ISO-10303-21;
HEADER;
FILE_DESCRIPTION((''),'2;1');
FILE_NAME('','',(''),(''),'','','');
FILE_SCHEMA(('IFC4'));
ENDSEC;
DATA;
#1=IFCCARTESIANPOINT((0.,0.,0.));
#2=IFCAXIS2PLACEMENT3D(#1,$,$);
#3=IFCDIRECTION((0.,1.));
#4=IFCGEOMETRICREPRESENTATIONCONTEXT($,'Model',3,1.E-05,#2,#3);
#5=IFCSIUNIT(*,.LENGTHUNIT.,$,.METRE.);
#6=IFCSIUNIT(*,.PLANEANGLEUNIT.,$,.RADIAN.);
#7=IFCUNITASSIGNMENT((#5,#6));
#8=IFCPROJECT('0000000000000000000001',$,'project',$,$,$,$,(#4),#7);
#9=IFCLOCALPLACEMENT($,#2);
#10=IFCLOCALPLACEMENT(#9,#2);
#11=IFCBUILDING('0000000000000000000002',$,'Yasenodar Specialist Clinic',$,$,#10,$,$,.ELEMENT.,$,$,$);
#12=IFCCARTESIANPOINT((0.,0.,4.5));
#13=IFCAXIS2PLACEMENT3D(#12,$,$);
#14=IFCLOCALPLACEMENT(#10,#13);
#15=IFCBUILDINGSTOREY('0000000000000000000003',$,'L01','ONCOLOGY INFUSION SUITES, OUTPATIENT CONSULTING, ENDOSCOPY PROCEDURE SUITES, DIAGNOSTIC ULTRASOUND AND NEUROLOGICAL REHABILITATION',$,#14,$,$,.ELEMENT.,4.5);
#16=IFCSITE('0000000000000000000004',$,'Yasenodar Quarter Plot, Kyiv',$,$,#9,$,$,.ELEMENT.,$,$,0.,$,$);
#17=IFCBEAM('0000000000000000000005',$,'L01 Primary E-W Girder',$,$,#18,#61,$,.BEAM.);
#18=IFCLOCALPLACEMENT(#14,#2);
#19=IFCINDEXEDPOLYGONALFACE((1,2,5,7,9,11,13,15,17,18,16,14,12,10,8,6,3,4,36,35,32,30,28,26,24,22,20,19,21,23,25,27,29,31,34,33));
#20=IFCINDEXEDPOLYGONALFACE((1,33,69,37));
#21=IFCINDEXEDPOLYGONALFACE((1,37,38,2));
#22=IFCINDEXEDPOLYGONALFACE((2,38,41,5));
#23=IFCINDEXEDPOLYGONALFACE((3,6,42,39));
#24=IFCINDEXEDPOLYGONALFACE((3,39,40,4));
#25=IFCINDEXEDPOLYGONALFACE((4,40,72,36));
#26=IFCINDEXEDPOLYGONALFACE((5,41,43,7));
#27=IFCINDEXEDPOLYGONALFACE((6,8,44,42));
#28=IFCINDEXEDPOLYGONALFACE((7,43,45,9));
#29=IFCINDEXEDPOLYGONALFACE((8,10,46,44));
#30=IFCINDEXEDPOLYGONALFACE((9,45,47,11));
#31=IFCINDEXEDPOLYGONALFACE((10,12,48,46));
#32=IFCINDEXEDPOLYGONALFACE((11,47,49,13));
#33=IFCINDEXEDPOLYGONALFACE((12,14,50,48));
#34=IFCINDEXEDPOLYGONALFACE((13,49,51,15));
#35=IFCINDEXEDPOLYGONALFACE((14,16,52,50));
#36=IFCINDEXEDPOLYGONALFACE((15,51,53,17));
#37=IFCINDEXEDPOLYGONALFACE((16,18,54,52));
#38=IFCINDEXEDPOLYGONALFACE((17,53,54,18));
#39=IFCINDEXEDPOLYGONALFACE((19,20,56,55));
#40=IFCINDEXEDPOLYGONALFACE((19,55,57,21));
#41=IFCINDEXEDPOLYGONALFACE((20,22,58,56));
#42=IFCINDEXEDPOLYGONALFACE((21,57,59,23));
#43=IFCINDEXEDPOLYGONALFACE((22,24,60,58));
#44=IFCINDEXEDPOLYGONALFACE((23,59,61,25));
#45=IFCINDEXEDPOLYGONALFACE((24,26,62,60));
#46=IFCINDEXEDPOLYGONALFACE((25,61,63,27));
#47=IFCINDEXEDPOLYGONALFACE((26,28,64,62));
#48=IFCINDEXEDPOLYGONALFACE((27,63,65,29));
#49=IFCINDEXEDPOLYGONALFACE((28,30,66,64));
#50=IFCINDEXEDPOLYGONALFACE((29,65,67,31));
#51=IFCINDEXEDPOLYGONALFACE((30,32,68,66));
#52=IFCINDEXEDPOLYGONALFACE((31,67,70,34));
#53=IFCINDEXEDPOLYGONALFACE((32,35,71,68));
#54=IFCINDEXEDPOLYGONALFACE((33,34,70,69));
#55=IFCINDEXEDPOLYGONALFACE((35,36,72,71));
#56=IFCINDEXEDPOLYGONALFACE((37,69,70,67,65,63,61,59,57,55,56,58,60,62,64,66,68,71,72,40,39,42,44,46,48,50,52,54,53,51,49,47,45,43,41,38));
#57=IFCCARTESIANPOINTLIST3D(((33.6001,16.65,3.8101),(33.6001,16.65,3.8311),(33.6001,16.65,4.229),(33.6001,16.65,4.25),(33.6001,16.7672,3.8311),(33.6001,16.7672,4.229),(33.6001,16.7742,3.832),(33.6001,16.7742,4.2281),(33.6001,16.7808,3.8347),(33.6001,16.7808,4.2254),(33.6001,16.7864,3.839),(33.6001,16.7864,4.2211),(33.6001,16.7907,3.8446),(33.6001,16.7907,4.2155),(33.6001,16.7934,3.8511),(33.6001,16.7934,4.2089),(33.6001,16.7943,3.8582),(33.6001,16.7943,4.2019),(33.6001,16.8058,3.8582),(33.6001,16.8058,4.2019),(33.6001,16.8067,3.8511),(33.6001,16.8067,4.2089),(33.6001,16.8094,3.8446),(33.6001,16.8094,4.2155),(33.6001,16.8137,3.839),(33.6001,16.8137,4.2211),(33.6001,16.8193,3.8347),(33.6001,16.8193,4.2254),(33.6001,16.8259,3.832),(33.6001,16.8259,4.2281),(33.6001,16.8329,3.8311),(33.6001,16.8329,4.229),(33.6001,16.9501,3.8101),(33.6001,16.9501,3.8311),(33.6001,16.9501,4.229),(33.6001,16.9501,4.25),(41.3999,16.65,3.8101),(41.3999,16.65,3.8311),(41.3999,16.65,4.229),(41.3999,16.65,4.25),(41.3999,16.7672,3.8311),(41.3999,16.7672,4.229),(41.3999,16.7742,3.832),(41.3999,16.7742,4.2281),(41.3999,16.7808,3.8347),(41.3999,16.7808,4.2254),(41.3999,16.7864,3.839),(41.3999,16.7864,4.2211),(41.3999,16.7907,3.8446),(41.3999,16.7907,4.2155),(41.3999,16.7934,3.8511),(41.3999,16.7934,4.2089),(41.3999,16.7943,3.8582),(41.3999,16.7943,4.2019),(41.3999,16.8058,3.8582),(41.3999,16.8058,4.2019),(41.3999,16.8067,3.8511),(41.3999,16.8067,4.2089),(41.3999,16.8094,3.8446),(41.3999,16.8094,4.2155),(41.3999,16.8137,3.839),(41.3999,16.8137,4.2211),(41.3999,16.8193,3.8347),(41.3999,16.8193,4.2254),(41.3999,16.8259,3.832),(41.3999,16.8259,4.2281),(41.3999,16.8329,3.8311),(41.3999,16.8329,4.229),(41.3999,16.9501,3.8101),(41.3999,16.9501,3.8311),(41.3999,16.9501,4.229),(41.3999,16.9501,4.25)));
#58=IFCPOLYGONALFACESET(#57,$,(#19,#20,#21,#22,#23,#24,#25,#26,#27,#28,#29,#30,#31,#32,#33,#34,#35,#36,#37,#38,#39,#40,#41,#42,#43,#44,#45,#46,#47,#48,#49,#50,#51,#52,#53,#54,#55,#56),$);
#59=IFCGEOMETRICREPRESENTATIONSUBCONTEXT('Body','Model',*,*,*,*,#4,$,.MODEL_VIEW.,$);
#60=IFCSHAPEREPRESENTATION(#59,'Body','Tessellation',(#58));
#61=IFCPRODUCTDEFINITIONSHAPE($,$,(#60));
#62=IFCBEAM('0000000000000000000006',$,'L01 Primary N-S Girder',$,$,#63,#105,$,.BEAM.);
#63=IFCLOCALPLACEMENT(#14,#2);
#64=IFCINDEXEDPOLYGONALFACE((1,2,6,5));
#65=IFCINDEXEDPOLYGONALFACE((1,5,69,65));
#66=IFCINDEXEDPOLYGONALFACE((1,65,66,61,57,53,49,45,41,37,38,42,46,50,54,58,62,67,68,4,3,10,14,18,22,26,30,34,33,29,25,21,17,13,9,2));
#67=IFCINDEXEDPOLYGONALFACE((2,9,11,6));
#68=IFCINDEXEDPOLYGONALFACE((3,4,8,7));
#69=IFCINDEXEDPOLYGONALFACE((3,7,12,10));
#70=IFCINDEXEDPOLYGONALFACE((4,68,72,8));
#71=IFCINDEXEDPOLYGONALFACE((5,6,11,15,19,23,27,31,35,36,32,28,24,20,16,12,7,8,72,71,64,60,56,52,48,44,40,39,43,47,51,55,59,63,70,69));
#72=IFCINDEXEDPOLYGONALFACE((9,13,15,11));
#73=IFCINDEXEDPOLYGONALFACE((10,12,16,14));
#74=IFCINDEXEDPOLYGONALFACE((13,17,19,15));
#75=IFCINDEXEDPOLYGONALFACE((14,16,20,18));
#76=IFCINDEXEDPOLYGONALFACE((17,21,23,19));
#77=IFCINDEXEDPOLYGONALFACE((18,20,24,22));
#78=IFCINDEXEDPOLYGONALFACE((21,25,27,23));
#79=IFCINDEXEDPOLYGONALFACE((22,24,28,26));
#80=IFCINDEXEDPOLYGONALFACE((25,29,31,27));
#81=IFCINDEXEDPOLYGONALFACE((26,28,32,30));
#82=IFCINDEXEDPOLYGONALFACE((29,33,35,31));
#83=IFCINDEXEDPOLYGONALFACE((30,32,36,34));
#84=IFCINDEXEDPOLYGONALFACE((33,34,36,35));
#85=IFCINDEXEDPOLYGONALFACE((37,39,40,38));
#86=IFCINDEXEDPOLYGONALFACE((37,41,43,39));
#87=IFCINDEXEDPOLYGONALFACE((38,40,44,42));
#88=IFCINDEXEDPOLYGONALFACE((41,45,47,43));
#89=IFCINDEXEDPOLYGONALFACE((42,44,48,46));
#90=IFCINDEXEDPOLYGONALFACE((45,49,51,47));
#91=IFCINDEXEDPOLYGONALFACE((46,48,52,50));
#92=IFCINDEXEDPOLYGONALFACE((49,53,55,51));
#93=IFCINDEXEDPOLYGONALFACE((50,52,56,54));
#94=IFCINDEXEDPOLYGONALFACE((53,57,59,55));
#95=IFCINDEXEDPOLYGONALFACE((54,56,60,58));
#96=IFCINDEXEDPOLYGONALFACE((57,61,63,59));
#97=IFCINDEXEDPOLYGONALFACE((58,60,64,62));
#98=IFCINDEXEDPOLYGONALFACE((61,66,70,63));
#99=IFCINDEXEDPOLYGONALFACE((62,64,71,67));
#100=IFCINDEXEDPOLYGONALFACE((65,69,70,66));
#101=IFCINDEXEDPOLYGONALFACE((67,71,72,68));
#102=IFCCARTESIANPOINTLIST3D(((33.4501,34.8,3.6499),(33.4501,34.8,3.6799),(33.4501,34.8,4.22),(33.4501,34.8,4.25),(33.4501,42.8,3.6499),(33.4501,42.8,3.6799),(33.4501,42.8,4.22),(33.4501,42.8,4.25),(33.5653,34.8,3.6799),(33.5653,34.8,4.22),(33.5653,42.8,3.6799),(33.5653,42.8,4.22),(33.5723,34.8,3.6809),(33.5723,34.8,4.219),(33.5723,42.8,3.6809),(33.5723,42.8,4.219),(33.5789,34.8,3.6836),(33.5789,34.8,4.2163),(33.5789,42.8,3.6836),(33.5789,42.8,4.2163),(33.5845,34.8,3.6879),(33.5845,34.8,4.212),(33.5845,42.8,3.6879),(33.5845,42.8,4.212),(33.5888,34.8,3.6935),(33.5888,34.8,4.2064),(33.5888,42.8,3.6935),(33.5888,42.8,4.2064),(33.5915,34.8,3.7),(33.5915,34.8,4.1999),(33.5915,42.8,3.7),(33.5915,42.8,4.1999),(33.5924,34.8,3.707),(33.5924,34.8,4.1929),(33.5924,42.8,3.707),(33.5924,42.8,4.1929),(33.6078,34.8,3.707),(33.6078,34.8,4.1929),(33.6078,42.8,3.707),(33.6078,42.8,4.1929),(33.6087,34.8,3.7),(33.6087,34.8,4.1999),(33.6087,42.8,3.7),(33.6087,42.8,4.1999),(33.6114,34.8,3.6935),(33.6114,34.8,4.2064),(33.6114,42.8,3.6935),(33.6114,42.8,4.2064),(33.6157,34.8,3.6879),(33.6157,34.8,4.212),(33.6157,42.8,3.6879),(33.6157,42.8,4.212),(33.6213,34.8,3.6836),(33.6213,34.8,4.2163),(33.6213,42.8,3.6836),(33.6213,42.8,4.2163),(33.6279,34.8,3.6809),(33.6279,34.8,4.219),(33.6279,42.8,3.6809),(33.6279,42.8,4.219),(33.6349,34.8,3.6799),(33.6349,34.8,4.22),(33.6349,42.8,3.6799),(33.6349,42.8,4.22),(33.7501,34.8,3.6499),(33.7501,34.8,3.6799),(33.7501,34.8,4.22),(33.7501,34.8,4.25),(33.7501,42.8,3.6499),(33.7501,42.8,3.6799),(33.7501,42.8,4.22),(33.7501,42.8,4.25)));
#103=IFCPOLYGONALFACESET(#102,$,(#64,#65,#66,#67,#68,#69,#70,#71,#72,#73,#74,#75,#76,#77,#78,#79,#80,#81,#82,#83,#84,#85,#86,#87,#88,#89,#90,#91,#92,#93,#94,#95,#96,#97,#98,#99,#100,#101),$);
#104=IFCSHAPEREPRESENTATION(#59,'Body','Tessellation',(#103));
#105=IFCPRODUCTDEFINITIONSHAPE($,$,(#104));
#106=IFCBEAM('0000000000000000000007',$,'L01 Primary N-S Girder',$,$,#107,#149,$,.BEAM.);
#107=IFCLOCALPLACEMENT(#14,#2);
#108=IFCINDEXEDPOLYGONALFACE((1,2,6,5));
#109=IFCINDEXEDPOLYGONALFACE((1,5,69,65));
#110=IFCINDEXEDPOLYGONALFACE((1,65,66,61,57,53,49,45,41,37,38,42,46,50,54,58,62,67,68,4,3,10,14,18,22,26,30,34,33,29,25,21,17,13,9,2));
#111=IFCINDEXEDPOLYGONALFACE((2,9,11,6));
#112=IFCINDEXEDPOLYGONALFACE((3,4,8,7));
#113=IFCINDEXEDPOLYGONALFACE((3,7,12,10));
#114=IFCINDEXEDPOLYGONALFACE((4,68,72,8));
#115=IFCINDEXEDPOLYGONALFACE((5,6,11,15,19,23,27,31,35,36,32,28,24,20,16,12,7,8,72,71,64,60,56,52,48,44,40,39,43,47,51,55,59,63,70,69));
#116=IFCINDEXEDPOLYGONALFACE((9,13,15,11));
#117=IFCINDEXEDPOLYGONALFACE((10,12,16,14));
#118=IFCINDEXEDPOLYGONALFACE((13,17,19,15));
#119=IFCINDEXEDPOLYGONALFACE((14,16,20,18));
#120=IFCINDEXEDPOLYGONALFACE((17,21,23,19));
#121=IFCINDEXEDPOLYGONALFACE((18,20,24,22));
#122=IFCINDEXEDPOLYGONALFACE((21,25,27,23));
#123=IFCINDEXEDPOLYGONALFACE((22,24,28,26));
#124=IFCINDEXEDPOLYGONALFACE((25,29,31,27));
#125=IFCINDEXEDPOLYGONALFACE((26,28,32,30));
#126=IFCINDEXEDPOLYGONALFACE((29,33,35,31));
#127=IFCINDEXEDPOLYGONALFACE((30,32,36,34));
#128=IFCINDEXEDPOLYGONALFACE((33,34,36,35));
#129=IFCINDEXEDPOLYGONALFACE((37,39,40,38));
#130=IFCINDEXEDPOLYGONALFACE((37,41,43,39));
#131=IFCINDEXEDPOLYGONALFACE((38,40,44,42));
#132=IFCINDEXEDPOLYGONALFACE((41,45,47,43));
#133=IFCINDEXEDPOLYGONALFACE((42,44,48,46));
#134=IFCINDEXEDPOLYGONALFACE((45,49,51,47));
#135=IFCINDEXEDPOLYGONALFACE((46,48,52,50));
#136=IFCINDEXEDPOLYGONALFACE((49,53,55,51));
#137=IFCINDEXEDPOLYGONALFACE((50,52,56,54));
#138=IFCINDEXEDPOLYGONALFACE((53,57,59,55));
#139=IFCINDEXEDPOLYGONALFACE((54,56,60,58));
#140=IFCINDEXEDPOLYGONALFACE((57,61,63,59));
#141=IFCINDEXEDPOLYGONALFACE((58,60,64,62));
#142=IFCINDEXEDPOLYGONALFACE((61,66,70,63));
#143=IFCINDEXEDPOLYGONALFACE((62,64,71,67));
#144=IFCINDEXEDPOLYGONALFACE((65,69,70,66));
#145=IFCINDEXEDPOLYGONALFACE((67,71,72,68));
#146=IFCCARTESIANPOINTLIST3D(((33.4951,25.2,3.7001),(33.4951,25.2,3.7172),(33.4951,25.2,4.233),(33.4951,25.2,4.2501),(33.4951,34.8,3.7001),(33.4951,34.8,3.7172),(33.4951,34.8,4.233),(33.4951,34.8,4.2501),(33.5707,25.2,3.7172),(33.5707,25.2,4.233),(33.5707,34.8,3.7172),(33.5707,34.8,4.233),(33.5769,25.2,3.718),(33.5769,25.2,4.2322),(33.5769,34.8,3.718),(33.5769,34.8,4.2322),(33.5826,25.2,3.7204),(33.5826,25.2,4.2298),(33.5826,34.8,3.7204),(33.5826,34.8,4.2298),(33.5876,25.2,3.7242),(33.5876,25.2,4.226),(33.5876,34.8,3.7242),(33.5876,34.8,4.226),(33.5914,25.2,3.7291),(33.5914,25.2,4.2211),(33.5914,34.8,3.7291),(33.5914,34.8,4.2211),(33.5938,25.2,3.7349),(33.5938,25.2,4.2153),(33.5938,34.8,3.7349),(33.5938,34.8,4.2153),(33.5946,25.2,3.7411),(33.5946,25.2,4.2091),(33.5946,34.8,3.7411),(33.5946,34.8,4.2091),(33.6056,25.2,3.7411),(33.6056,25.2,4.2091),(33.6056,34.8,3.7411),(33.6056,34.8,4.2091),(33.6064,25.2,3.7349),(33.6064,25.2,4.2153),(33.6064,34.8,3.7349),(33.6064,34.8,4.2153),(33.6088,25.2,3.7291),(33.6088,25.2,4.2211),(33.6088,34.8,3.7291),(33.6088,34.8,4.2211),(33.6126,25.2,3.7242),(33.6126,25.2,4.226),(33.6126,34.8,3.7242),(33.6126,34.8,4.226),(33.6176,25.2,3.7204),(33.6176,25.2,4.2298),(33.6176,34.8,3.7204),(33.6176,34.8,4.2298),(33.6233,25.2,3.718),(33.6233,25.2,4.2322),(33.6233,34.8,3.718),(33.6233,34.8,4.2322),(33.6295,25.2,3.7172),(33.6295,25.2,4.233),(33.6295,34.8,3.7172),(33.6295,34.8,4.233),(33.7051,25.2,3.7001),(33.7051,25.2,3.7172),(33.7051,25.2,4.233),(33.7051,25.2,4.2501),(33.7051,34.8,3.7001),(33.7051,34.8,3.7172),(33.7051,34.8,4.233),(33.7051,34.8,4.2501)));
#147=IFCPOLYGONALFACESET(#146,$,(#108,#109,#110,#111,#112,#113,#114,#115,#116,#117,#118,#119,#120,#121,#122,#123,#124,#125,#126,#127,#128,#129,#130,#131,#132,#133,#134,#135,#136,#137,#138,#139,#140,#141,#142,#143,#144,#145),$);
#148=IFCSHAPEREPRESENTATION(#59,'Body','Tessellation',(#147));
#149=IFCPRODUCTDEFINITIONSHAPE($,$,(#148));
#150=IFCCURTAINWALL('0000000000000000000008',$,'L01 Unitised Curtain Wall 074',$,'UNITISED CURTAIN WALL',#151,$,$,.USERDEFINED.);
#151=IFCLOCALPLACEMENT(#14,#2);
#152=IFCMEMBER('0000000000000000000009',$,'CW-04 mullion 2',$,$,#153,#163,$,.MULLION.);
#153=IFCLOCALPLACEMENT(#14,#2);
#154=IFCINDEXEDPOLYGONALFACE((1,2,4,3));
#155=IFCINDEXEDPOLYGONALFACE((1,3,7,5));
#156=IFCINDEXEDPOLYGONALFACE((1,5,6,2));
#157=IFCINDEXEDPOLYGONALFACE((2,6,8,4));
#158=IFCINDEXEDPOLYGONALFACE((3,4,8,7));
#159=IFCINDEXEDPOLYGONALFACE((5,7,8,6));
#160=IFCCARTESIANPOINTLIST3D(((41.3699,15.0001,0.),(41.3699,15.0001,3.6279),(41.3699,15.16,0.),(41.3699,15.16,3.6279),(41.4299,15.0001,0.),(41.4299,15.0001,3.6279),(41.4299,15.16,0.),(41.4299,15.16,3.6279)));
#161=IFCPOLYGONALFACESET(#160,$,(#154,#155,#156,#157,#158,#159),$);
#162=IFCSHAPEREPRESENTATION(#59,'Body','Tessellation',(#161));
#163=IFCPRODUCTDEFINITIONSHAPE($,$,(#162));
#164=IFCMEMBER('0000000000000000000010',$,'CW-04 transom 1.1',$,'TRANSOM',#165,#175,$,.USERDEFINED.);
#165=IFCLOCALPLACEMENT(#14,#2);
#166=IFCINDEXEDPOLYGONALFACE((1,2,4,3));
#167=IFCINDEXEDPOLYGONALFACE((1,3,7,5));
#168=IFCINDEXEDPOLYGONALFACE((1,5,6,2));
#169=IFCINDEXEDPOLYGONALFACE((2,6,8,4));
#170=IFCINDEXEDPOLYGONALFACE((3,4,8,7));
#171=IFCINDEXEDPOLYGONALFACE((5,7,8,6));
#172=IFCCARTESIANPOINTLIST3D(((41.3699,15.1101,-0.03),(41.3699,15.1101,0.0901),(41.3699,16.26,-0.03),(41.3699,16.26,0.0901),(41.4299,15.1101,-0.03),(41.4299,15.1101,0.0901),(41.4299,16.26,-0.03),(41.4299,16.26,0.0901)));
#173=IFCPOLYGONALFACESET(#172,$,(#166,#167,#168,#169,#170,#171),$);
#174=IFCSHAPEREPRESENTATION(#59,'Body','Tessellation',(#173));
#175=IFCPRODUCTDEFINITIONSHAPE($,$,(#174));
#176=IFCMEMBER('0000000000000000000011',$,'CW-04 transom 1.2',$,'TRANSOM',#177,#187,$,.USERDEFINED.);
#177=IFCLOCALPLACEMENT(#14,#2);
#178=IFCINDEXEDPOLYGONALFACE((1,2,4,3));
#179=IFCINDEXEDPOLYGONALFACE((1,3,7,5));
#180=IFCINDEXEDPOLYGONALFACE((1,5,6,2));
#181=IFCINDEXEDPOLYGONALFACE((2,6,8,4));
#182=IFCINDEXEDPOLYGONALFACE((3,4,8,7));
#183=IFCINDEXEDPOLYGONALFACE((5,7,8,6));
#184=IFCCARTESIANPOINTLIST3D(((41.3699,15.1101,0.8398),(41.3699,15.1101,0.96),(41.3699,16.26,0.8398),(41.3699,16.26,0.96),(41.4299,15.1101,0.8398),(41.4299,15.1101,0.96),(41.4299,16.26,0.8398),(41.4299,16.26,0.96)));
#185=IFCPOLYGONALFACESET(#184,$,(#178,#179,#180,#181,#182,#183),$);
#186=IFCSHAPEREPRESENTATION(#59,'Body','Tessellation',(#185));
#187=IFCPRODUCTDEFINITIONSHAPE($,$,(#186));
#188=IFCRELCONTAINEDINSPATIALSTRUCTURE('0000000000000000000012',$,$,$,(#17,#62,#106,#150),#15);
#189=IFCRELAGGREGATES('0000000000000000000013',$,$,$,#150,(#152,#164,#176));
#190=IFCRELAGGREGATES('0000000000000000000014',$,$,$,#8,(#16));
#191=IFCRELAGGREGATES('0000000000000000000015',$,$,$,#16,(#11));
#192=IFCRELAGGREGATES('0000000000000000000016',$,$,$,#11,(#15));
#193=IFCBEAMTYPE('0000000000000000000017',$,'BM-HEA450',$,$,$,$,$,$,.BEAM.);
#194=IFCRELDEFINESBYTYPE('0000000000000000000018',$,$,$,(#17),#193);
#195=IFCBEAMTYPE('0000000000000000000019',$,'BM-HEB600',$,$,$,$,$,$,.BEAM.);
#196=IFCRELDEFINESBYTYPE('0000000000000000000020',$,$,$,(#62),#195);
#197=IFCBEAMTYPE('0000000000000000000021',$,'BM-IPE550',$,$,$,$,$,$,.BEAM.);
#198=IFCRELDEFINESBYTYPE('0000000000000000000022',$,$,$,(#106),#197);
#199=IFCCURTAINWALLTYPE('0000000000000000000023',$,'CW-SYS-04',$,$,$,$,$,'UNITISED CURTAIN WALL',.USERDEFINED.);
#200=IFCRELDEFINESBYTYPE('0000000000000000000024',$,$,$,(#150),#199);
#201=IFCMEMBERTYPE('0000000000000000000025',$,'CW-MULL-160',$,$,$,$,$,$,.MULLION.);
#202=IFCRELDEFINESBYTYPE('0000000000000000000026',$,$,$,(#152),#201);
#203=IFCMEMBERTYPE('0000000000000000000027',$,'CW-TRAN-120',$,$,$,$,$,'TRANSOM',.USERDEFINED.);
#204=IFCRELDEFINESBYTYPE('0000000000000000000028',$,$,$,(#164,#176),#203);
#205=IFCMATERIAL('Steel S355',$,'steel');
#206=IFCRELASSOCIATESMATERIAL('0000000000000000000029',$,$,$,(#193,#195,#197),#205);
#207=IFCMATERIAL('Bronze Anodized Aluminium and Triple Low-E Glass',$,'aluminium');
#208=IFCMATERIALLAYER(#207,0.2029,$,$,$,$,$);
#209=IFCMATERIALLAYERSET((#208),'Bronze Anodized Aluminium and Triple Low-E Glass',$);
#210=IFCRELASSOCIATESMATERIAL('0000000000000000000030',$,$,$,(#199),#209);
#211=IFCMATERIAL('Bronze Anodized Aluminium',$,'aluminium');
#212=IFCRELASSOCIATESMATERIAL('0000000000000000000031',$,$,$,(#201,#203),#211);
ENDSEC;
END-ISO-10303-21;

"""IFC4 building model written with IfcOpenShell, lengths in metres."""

from ifc_helpers import new_model, si_unit, direction, frame, origin, origin_2d, place, context, subcontext, project, spatial, rectangle, i_section, extrude, material, layer, layer_set, material_profile, profile_set, type_object, element, aggregate, save


model = new_model("IFC4")

# Units and contexts
model_context = context("Model", 3, precision=1e-05, world=origin(), true_north=direction((0.0, 1.0)))
body_context = subcontext(model_context, "Body", "Model", "MODEL_VIEW")
ifc_project = project(units=[si_unit("LENGTHUNIT", "METRE"), si_unit("PLANEANGLEUNIT", "RADIAN")], contexts=[model_context])

# Site, building, storey
site_placement = place(None, origin())
site = spatial("IfcSite", under=ifc_project, at=site_placement, Name="Yasenodar Quarter Plot, Kyiv", CompositionType="ELEMENT", RefElevation=0.0)
building_placement = place(site_placement, origin())
building = spatial("IfcBuilding", under=site, at=building_placement, Name="Yasenodar Specialist Clinic", CompositionType="ELEMENT")
storey_placement = place(building_placement, frame((0.0, 0.0, 4.5)))
storey = spatial("IfcBuildingStorey", under=building, at=storey_placement, Name="L01", Description="ONCOLOGY INFUSION SUITES, OUTPATIENT CONSULTING, ENDOSCOPY PROCEDURE SUITES, DIAGNOSTIC ULTRASOUND AND NEUROLOGICAL REHABILITATION", CompositionType="ELEMENT", Elevation=4.5)

# Shared definitions
ifc_material_1 = material(Name="Steel S355", Category="steel")

# Beams
ifc_material_profile_1 = material_profile(ifc_material_1, i_section(OverallWidth=0.3, OverallDepth=0.4399, WebThickness=0.0115, FlangeThickness=0.021, FilletRadius=0.0271, at=origin_2d()), Name="HEA 450")
ifc_profile_set_1 = profile_set([ifc_material_profile_1], Name="Steel S355")
beam_type_1 = type_object("IfcBeamType", Name="BM-HEA450", PredefinedType="BEAM", material=ifc_profile_set_1)
beam_1_placement = place(storey_placement, frame((33.6001, 16.8, 4.03), z_axis=(1.0, 0.0, 0.0), x_axis=(0.0, 1.0, 0.0)))
element("IfcBeam", 1, at=beam_1_placement, inside=storey, type_object=beam_type_1, Name="L01 Primary E-W Girder", PredefinedType="BEAM", context=body_context, shape_type="SweptSolid", body=[
    extrude(i_section(OverallWidth=0.3, OverallDepth=0.4399, WebThickness=0.0115, FlangeThickness=0.021, FilletRadius=0.0271, at=origin_2d()), origin(), (0.0, 0.0, 1.0), 7.7998),
])
ifc_material_profile_2 = material_profile(ifc_material_1, i_section(OverallWidth=0.3, OverallDepth=0.6001, WebThickness=0.0154, FlangeThickness=0.03, FilletRadius=0.0271, at=origin_2d()), Name="HEB 600")
ifc_profile_set_2 = profile_set([ifc_material_profile_2], Name="Steel S355")
beam_type_2 = type_object("IfcBeamType", Name="BM-HEB600", PredefinedType="BEAM", material=ifc_profile_set_2)
beam_2_placement = place(storey_placement, frame((33.6001, 34.8, 3.95), z_axis=(0.0, 1.0, 0.0), x_axis=(-1.0, 0.0, 0.0)))
element("IfcBeam", 2, at=beam_2_placement, inside=storey, type_object=beam_type_2, Name="L01 Primary N-S Girder", PredefinedType="BEAM", context=body_context, shape_type="SweptSolid", body=[
    extrude(i_section(OverallWidth=0.3, OverallDepth=0.6001, WebThickness=0.0154, FlangeThickness=0.03, FilletRadius=0.0271, at=origin_2d()), origin(), (0.0, 0.0, 1.0), 8.0),
])
ifc_material_profile_3 = material_profile(ifc_material_1, i_section(OverallWidth=0.21, OverallDepth=0.55, WebThickness=0.011, FlangeThickness=0.0171, FilletRadius=0.0239, at=origin_2d()), Name="IPE 550")
ifc_profile_set_3 = profile_set([ifc_material_profile_3], Name="Steel S355")
beam_type_3 = type_object("IfcBeamType", Name="BM-IPE550", PredefinedType="BEAM", material=ifc_profile_set_3)
beam_3_placement = place(storey_placement, frame((33.6001, 25.2, 3.9751), z_axis=(0.0, 1.0, 0.0), x_axis=(-1.0, 0.0, 0.0)))
element("IfcBeam", 3, at=beam_3_placement, inside=storey, type_object=beam_type_3, Name="L01 Primary N-S Girder", PredefinedType="BEAM", context=body_context, shape_type="SweptSolid", body=[
    extrude(i_section(OverallWidth=0.21, OverallDepth=0.55, WebThickness=0.011, FlangeThickness=0.0171, FilletRadius=0.0239, at=origin_2d()), origin(), (0.0, 0.0, 1.0), 9.6001),
])

# Curtain wall, members
ifc_material_2 = material(Name="Bronze Anodized Aluminium and Triple Low-E Glass", Category="aluminium")
ifc_layer_1 = layer(ifc_material_2, 0.2029)
ifc_layer_set_1 = layer_set([ifc_layer_1], Name="Bronze Anodized Aluminium and Triple Low-E Glass")
curtain_wall_type = type_object("IfcCurtainWallType", Name="CW-SYS-04", ElementType="UNITISED CURTAIN WALL", PredefinedType="USERDEFINED", material=ifc_layer_set_1)
curtain_wall_placement = place(storey_placement, origin())
curtain_wall = element("IfcCurtainWall", 4, at=curtain_wall_placement, inside=storey, type_object=curtain_wall_type, Name="L01 Unitised Curtain Wall 074", ObjectType="UNITISED CURTAIN WALL", PredefinedType="USERDEFINED")
ifc_material_3 = material(Name="Bronze Anodized Aluminium", Category="aluminium")
ifc_material_profile_4 = material_profile(ifc_material_3, rectangle(XDim=0.0601, YDim=0.1599, at=origin_2d()), Name="CW-MULL 60x160")
ifc_profile_set_4 = profile_set([ifc_material_profile_4], Name="Bronze Anodized Aluminium")
member_type_1 = type_object("IfcMemberType", Name="CW-MULL-160", PredefinedType="MULLION", material=ifc_profile_set_4)
member_1_placement = place(storey_placement, frame((41.3999, 15.0801, 0.0), z_axis=(0.0, 0.0, 1.0), x_axis=(1.0, 0.0, 0.0)))
member_1 = element("IfcMember", 5, at=member_1_placement, type_object=member_type_1, Name="CW-04 mullion 2", PredefinedType="MULLION", context=body_context, shape_type="SweptSolid", body=[
    extrude(rectangle(XDim=0.0601, YDim=0.1599, at=origin_2d()), origin(), (0.0, 0.0, 1.0), 3.6279),
])
ifc_material_profile_5 = material_profile(ifc_material_3, rectangle(XDim=0.0601, YDim=0.1201, at=origin_2d()), Name="CW-TRAN 60x120")
ifc_profile_set_5 = profile_set([ifc_material_profile_5], Name="Bronze Anodized Aluminium")
member_type_2 = type_object("IfcMemberType", Name="CW-TRAN-120", ElementType="TRANSOM", PredefinedType="USERDEFINED", material=ifc_profile_set_5)
member_2_placement = place(storey_placement, frame((41.3999, 16.26, 0.03), z_axis=(0.0, -1.0, 0.0), x_axis=(1.0, 0.0, 0.0)))
member_2 = element("IfcMember", 6, at=member_2_placement, type_object=member_type_2, Name="CW-04 transom 1.1", ObjectType="TRANSOM", PredefinedType="USERDEFINED", context=body_context, shape_type="SweptSolid", body=[
    extrude(rectangle(XDim=0.0601, YDim=0.1201, at=origin_2d()), origin(), (0.0, 0.0, 1.0), 1.1499),
])
member_3_placement = place(storey_placement, frame((41.3999, 16.26, 0.8999), z_axis=(0.0, -1.0, 0.0), x_axis=(1.0, 0.0, 0.0)))
member_3 = element("IfcMember", 7, at=member_3_placement, type_object=member_type_2, Name="CW-04 transom 1.2", ObjectType="TRANSOM", PredefinedType="USERDEFINED", context=body_context, shape_type="SweptSolid", body=[
    extrude(rectangle(XDim=0.0601, YDim=0.1201, at=origin_2d()), origin(), (0.0, 0.0, 1.0), 1.1499),
])
aggregate(curtain_wall, [member_1, member_2, member_3])

save(model, "model.ifc")
